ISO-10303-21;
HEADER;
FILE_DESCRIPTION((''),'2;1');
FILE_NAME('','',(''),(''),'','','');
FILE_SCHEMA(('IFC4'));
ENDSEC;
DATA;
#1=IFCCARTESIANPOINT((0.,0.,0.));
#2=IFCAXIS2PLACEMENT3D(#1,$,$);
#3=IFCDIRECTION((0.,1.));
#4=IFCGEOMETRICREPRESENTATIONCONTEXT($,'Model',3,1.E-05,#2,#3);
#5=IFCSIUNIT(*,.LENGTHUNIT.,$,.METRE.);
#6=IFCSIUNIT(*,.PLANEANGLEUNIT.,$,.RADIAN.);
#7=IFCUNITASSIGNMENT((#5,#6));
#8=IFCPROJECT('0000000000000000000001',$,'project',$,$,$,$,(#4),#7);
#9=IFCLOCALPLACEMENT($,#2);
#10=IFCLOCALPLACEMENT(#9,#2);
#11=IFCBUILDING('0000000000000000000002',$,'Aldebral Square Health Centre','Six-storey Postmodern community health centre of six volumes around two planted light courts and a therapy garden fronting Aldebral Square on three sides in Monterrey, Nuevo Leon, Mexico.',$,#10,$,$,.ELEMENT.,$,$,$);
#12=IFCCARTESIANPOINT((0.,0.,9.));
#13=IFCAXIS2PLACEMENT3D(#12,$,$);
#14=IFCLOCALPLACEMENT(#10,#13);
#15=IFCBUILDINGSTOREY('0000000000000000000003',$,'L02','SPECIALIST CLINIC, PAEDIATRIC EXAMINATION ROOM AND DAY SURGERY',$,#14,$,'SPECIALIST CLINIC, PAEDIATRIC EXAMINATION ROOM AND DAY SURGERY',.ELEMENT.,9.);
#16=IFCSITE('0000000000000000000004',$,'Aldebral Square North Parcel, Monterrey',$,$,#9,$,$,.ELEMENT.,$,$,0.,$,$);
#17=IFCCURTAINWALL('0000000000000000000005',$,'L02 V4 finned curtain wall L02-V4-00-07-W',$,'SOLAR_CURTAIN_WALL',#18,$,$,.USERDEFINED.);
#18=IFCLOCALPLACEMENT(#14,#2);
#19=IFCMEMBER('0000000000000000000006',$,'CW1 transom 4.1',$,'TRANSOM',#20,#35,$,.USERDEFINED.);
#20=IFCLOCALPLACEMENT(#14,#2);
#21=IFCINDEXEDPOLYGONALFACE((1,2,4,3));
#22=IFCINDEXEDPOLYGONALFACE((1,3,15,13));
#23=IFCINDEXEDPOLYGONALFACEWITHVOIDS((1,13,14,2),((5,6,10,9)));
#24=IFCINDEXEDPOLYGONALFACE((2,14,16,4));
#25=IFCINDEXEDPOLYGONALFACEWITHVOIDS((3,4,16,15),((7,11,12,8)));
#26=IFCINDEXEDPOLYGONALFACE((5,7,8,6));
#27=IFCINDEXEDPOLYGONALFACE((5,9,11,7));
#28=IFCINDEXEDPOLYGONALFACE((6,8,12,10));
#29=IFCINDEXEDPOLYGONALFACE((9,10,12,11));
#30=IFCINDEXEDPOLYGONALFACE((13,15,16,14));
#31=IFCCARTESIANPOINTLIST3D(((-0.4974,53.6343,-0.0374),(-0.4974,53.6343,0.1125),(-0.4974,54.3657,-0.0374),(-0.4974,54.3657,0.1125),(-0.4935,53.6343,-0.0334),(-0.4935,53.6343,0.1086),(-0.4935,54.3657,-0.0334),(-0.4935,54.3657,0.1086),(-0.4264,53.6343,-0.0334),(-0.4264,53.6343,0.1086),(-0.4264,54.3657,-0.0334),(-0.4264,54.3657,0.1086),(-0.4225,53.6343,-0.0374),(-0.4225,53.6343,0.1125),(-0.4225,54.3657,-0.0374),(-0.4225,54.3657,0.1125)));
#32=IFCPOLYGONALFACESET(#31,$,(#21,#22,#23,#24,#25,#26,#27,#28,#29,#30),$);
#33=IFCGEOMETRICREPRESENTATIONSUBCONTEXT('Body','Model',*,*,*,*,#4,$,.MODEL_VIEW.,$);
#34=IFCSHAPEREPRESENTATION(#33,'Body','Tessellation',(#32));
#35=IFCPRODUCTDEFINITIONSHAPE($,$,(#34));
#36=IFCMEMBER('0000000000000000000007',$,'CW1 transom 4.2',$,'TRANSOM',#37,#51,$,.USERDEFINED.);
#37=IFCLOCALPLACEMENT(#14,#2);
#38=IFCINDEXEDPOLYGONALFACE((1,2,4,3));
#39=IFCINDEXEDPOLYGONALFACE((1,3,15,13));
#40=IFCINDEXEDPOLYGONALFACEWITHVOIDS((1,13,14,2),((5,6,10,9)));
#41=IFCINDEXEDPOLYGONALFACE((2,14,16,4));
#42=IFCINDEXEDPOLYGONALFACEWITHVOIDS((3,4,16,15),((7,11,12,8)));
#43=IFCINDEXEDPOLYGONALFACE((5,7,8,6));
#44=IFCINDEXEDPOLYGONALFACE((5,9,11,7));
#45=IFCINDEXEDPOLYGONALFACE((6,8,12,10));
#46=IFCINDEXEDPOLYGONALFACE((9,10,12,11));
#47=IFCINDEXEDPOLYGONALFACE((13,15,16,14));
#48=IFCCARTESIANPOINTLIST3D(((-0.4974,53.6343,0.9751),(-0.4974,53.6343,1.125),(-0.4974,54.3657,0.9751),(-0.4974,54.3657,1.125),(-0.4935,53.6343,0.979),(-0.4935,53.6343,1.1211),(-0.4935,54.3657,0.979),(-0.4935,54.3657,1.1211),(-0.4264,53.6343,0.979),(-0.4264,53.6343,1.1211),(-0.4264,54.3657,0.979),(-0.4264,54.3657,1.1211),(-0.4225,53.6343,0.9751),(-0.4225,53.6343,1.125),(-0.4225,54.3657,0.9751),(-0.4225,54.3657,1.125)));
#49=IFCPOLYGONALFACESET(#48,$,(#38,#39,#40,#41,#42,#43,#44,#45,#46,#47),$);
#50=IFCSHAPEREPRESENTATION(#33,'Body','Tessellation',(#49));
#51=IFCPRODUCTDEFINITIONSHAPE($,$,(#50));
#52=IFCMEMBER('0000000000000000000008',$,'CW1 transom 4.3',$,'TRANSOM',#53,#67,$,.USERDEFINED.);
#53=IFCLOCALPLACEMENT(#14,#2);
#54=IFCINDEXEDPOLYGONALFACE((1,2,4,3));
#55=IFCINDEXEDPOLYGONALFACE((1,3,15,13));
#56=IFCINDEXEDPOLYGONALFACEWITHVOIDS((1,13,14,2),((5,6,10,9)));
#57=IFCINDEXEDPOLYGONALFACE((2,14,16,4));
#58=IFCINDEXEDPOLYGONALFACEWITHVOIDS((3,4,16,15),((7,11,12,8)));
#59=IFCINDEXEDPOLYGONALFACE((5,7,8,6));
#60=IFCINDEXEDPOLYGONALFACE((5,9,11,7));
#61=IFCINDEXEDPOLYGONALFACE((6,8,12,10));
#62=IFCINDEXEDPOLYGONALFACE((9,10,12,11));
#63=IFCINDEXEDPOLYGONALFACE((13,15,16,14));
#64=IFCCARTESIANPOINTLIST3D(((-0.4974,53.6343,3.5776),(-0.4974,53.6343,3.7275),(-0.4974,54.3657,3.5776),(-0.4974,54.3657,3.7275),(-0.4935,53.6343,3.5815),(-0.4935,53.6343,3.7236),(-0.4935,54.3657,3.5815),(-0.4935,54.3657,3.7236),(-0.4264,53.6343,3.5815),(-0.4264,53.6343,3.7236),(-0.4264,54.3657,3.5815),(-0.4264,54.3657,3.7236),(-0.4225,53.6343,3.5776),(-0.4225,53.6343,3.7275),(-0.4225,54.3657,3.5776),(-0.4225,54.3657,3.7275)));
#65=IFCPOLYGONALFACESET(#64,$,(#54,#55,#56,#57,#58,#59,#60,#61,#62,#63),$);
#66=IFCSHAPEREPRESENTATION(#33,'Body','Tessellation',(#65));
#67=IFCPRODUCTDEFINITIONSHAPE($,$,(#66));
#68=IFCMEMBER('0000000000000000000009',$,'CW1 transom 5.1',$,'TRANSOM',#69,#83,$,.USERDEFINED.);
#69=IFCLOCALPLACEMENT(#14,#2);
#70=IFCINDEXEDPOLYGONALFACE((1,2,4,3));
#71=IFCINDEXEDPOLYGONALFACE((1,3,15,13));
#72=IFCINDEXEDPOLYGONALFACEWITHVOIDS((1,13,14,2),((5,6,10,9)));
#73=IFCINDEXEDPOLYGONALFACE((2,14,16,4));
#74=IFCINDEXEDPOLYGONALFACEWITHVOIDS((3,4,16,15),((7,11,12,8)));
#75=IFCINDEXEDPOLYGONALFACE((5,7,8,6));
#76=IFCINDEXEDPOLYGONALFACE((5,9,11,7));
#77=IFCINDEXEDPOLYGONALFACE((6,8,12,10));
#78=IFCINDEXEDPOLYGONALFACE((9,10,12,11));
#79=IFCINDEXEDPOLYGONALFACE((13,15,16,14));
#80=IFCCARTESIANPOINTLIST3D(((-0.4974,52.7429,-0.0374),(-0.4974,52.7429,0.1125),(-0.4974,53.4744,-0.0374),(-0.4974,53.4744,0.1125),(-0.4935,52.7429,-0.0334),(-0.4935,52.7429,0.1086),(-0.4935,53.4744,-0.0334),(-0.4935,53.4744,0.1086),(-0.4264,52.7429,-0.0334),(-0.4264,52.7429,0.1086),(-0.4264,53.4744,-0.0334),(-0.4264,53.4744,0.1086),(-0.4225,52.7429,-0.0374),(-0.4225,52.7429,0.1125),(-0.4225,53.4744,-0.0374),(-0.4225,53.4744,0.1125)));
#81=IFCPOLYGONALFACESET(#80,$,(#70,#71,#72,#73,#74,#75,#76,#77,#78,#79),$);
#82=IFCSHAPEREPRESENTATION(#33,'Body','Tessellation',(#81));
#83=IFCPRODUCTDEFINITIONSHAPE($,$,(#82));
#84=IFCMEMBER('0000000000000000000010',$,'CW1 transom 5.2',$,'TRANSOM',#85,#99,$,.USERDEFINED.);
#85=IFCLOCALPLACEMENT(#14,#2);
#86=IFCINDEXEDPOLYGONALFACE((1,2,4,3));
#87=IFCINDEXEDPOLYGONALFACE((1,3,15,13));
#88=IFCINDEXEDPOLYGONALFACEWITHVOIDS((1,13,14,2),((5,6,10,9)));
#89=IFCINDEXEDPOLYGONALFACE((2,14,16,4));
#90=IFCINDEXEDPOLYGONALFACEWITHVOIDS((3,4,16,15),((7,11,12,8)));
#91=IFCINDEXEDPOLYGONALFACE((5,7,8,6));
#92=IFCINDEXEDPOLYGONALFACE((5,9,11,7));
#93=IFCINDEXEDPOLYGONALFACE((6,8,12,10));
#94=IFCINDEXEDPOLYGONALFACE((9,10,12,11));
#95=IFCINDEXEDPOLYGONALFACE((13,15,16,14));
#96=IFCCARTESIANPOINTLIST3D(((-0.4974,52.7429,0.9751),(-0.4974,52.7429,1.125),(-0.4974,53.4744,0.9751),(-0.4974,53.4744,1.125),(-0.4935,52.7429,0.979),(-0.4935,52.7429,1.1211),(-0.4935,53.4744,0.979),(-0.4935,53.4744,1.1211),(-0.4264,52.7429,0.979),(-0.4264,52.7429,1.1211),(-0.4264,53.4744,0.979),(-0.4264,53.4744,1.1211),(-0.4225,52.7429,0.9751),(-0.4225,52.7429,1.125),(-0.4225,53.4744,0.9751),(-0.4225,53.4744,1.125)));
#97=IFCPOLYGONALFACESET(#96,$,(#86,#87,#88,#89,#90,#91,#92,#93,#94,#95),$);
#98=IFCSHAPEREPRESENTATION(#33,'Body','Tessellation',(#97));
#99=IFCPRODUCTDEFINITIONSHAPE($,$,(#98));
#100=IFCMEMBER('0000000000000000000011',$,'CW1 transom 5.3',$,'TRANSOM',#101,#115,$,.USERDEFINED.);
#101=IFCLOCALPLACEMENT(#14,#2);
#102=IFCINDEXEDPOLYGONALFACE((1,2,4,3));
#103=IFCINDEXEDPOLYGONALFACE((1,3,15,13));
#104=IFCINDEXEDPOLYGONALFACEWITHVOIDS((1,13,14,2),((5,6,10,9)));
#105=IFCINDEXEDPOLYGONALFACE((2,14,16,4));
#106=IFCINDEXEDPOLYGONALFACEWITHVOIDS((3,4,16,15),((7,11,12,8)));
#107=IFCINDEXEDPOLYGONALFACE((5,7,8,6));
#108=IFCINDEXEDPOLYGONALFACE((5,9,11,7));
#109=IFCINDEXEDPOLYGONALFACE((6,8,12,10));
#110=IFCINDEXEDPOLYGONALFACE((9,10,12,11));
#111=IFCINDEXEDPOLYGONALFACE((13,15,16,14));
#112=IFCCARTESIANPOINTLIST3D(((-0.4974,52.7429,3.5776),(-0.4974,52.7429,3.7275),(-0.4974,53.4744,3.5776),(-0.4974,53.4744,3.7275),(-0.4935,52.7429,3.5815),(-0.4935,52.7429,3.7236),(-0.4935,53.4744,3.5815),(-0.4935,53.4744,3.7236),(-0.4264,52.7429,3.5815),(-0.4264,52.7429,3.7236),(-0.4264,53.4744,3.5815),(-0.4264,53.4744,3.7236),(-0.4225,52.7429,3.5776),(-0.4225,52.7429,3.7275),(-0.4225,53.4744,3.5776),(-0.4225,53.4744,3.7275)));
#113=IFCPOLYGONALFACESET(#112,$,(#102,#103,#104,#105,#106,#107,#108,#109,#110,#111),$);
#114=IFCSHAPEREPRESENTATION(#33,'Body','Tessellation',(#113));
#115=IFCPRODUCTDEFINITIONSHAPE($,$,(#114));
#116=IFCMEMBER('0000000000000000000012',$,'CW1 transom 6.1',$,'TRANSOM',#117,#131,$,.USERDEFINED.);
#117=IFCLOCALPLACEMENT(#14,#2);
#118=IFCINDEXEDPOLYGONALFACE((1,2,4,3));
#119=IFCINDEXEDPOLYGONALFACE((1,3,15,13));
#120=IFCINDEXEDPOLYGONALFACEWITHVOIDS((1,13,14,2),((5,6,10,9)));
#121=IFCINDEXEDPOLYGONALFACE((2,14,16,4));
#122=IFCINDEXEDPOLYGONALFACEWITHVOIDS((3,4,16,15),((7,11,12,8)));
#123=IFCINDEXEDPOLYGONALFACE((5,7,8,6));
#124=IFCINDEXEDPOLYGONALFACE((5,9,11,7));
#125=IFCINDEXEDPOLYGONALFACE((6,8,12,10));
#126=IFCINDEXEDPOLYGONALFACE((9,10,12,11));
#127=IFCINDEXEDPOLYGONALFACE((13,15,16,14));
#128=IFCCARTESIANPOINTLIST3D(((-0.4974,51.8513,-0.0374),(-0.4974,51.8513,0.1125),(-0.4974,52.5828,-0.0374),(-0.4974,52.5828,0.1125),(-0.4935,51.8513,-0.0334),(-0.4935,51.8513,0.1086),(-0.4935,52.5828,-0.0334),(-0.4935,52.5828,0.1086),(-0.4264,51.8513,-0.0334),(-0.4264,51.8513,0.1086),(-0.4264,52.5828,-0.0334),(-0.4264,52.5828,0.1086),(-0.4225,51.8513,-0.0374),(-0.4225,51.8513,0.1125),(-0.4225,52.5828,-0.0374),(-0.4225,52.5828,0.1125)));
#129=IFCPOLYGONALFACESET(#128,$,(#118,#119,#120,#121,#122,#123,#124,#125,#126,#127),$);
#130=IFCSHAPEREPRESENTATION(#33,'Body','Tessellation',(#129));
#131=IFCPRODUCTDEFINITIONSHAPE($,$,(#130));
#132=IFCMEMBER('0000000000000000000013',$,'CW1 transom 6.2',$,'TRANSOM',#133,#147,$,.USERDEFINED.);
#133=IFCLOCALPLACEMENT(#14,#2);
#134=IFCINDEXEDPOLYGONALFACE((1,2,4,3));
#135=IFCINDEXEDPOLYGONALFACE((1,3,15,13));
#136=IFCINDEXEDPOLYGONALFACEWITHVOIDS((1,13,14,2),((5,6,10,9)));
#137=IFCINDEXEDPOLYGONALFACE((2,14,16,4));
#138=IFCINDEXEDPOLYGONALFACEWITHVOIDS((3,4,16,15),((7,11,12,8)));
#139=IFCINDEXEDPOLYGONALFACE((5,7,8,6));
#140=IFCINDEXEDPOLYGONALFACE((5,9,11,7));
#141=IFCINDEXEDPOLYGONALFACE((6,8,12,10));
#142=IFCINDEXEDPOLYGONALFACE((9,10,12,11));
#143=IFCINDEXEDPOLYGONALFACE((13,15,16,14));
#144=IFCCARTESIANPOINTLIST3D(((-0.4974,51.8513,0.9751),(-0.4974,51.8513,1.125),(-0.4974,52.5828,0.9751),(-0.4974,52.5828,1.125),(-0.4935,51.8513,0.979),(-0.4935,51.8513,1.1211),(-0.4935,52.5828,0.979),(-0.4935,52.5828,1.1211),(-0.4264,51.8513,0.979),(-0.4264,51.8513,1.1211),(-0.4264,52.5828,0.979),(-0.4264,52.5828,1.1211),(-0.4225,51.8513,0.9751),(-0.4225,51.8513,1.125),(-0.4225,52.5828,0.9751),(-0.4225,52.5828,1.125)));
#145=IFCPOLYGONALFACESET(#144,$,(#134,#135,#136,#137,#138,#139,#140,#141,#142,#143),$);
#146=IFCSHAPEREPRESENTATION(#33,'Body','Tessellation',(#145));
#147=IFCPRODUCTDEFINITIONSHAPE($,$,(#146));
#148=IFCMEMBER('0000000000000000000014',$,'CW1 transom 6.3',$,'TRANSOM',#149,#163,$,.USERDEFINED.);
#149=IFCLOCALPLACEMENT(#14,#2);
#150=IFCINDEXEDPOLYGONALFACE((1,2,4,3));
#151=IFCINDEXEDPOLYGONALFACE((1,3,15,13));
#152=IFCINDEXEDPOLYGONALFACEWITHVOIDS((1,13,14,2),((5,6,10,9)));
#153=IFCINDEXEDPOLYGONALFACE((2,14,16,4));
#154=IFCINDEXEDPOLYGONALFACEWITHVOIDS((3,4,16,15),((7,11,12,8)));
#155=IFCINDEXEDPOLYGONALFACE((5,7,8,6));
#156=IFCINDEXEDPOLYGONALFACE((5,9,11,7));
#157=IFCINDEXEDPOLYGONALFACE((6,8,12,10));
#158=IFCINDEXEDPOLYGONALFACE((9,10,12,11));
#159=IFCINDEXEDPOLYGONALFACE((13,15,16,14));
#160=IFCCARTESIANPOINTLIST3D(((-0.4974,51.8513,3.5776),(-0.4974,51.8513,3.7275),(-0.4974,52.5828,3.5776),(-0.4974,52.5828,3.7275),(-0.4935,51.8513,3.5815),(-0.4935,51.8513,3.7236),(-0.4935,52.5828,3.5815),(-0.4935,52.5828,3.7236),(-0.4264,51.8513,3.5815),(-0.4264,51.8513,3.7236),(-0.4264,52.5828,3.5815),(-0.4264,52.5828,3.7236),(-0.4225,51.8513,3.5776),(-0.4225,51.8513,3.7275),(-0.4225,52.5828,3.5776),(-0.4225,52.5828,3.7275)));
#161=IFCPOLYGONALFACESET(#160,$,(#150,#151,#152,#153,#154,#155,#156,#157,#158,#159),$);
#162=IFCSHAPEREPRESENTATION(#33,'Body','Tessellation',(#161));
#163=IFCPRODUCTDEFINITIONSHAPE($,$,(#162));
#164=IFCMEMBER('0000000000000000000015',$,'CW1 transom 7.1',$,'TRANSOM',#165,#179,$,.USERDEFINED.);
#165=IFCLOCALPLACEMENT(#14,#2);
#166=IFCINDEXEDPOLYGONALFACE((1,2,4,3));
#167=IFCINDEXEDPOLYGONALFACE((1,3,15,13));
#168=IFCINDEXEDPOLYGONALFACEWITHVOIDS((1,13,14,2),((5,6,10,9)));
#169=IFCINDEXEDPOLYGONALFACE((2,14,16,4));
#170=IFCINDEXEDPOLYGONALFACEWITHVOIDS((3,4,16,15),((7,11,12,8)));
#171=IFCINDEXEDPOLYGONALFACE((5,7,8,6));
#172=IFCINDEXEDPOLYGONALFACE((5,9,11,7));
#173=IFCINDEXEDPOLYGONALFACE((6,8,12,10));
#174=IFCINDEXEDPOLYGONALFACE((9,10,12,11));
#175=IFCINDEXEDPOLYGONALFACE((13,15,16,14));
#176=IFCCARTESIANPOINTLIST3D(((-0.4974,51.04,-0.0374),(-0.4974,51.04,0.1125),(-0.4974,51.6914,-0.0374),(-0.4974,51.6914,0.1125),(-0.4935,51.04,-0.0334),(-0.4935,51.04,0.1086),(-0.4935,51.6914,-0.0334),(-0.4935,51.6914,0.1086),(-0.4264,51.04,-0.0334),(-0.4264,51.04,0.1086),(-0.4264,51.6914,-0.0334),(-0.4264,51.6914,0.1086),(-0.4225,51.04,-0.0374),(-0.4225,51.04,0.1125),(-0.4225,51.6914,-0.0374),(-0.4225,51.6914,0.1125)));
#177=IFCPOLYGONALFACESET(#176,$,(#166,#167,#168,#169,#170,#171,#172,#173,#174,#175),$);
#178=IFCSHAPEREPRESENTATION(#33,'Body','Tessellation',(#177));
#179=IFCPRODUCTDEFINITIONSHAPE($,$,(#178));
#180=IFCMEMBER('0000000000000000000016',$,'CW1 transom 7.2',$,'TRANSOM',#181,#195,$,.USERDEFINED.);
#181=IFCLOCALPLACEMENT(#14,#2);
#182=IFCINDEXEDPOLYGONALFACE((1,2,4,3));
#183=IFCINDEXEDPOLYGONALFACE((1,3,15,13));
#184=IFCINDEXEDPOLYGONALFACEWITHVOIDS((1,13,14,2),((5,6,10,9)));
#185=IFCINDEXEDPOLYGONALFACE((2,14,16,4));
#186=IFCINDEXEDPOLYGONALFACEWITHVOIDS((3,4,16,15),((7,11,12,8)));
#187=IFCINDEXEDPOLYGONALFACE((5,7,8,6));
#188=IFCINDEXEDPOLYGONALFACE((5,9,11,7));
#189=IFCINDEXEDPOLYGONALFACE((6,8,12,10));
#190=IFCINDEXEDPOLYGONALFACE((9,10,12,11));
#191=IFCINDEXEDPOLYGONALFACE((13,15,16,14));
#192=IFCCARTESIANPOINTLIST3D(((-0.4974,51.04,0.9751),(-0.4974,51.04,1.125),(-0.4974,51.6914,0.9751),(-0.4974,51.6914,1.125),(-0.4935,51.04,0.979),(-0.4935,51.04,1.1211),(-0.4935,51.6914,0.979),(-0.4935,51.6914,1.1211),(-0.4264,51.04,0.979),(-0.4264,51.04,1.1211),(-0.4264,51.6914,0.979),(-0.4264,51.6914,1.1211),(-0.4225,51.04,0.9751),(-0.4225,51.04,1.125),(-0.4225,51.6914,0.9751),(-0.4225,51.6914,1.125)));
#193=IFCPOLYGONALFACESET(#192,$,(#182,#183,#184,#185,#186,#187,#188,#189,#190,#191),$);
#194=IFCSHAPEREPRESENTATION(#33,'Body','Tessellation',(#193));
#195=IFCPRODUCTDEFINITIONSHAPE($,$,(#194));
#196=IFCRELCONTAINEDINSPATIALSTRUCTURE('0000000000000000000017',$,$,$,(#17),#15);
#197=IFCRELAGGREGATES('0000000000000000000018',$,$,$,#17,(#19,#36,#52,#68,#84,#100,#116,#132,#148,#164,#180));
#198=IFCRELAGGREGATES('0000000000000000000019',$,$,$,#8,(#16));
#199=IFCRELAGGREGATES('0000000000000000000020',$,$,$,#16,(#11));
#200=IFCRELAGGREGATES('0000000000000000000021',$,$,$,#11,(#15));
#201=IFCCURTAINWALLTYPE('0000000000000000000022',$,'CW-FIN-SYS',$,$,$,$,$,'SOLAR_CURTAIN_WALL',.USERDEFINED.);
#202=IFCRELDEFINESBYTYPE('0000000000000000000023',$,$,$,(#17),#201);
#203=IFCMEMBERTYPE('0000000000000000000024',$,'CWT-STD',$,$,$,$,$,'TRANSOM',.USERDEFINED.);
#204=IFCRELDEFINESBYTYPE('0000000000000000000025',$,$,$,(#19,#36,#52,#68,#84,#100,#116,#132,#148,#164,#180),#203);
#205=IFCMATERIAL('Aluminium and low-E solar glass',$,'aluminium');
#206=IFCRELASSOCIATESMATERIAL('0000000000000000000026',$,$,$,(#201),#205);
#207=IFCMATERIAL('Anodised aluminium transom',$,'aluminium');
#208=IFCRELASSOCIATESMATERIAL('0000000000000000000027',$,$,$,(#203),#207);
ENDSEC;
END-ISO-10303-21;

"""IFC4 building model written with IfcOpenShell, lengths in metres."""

from ifc_helpers import new_model, si_unit, direction, frame, origin, origin_2d, place, context, subcontext, project, spatial, hollow_rectangle, extrude, material, material_profile, profile_set, type_object, element, aggregate, save


model = new_model("IFC4")

# Units and contexts
model_context = context("Model", 3, precision=1e-05, world=origin(), true_north=direction((0.0, 1.0)))
body_context = subcontext(model_context, "Body", "Model", "MODEL_VIEW")
ifc_project = project(units=[si_unit("LENGTHUNIT", "METRE"), si_unit("PLANEANGLEUNIT", "RADIAN")], contexts=[model_context])

# Site, building, storey
site_placement = place(None, origin())
site = spatial("IfcSite", under=ifc_project, at=site_placement, Name="Aldebral Square North Parcel, Monterrey", CompositionType="ELEMENT", RefElevation=0.0)
building_placement = place(site_placement, origin())
building = spatial("IfcBuilding", under=site, at=building_placement, Name="Aldebral Square Health Centre", Description="Six-storey Postmodern community health centre of six volumes around two planted light courts and a therapy garden fronting Aldebral Square on three sides in Monterrey, Nuevo Leon, Mexico.", CompositionType="ELEMENT")
storey_placement = place(building_placement, frame((0.0, 0.0, 9.0)))
storey = spatial("IfcBuildingStorey", under=building, at=storey_placement, Name="L02", Description="SPECIALIST CLINIC, PAEDIATRIC EXAMINATION ROOM AND DAY SURGERY", LongName="SPECIALIST CLINIC, PAEDIATRIC EXAMINATION ROOM AND DAY SURGERY", CompositionType="ELEMENT", Elevation=9.0)

# Curtain wall, members
ifc_material_1 = material(Name="Aluminium and low-E solar glass", Category="aluminium")
curtain_wall_type = type_object("IfcCurtainWallType", Name="CW-FIN-SYS", ElementType="SOLAR_CURTAIN_WALL", PredefinedType="USERDEFINED", material=ifc_material_1)
curtain_wall_placement = place(storey_placement, origin())
curtain_wall = element("IfcCurtainWall", 1, at=curtain_wall_placement, inside=storey, type_object=curtain_wall_type, Name="L02 V4 finned curtain wall L02-V4-00-07-W", ObjectType="SOLAR_CURTAIN_WALL", PredefinedType="USERDEFINED")
ifc_material_2 = material(Name="Anodised aluminium transom", Category="aluminium")
ifc_material_profile_1 = material_profile(ifc_material_2, hollow_rectangle(XDim=0.075, YDim=0.1499, WallThickness=0.0039, at=origin_2d()), Name="CWT 75x150x4")
ifc_profile_set_1 = profile_set([ifc_material_profile_1], Name="Anodised aluminium transom")
member_type_1 = type_object("IfcMemberType", Name="CWT-STD", ElementType="TRANSOM", PredefinedType="USERDEFINED", material=ifc_profile_set_1)
member_1_placement = place(storey_placement, frame((-0.46, 54.3657, 0.0376), z_axis=(0.0, -1.0, 0.0), x_axis=(1.0, 0.0, 0.0)))
member_1 = element("IfcMember", 2, at=member_1_placement, type_object=member_type_1, Name="CW1 transom 4.1", ObjectType="TRANSOM", PredefinedType="USERDEFINED", context=body_context, shape_type="SweptSolid", body=[
    extrude(hollow_rectangle(XDim=0.075, YDim=0.1499, WallThickness=0.0039, at=origin_2d()), origin(), (0.0, 0.0, 1.0), 0.7314),
])
member_2_placement = place(storey_placement, frame((-0.46, 54.3657, 1.05), z_axis=(0.0, -1.0, 0.0), x_axis=(1.0, 0.0, 0.0)))
member_2 = element("IfcMember", 3, at=member_2_placement, type_object=member_type_1, Name="CW1 transom 4.2", ObjectType="TRANSOM", PredefinedType="USERDEFINED", context=body_context, shape_type="SweptSolid", body=[
    extrude(hollow_rectangle(XDim=0.075, YDim=0.1499, WallThickness=0.0039, at=origin_2d()), origin(), (0.0, 0.0, 1.0), 0.7314),
])
member_3_placement = place(storey_placement, frame((-0.46, 54.3657, 3.6526), z_axis=(0.0, -1.0, 0.0), x_axis=(1.0, 0.0, 0.0)))
member_3 = element("IfcMember", 4, at=member_3_placement, type_object=member_type_1, Name="CW1 transom 4.3", ObjectType="TRANSOM", PredefinedType="USERDEFINED", context=body_context, shape_type="SweptSolid", body=[
    extrude(hollow_rectangle(XDim=0.075, YDim=0.1499, WallThickness=0.0039, at=origin_2d()), origin(), (0.0, 0.0, 1.0), 0.7314),
])
member_4_placement = place(storey_placement, frame((-0.46, 53.4744, 0.0376), z_axis=(0.0, -1.0, 0.0), x_axis=(1.0, 0.0, 0.0)))
member_4 = element("IfcMember", 5, at=member_4_placement, type_object=member_type_1, Name="CW1 transom 5.1", ObjectType="TRANSOM", PredefinedType="USERDEFINED", context=body_context, shape_type="SweptSolid", body=[
    extrude(hollow_rectangle(XDim=0.075, YDim=0.1499, WallThickness=0.0039, at=origin_2d()), origin(), (0.0, 0.0, 1.0), 0.7314),
])
member_5_placement = place(storey_placement, frame((-0.46, 53.4744, 1.05), z_axis=(0.0, -1.0, 0.0), x_axis=(1.0, 0.0, 0.0)))
member_5 = element("IfcMember", 6, at=member_5_placement, type_object=member_type_1, Name="CW1 transom 5.2", ObjectType="TRANSOM", PredefinedType="USERDEFINED", context=body_context, shape_type="SweptSolid", body=[
    extrude(hollow_rectangle(XDim=0.075, YDim=0.1499, WallThickness=0.0039, at=origin_2d()), origin(), (0.0, 0.0, 1.0), 0.7314),
])
member_6_placement = place(storey_placement, frame((-0.46, 53.4744, 3.6526), z_axis=(0.0, -1.0, 0.0), x_axis=(1.0, 0.0, 0.0)))
member_6 = element("IfcMember", 7, at=member_6_placement, type_object=member_type_1, Name="CW1 transom 5.3", ObjectType="TRANSOM", PredefinedType="USERDEFINED", context=body_context, shape_type="SweptSolid", body=[
    extrude(hollow_rectangle(XDim=0.075, YDim=0.1499, WallThickness=0.0039, at=origin_2d()), origin(), (0.0, 0.0, 1.0), 0.7314),
])
member_7_placement = place(storey_placement, frame((-0.46, 52.5828, 0.0376), z_axis=(0.0, -1.0, 0.0), x_axis=(1.0, 0.0, 0.0)))
member_7 = element("IfcMember", 8, at=member_7_placement, type_object=member_type_1, Name="CW1 transom 6.1", ObjectType="TRANSOM", PredefinedType="USERDEFINED", context=body_context, shape_type="SweptSolid", body=[
    extrude(hollow_rectangle(XDim=0.075, YDim=0.1499, WallThickness=0.0039, at=origin_2d()), origin(), (0.0, 0.0, 1.0), 0.7314),
])
member_8_placement = place(storey_placement, frame((-0.46, 52.5828, 1.05), z_axis=(0.0, -1.0, 0.0), x_axis=(1.0, 0.0, 0.0)))
member_8 = element("IfcMember", 9, at=member_8_placement, type_object=member_type_1, Name="CW1 transom 6.2", ObjectType="TRANSOM", PredefinedType="USERDEFINED", context=body_context, shape_type="SweptSolid", body=[
    extrude(hollow_rectangle(XDim=0.075, YDim=0.1499, WallThickness=0.0039, at=origin_2d()), origin(), (0.0, 0.0, 1.0), 0.7314),
])
member_9_placement = place(storey_placement, frame((-0.46, 52.5828, 3.6526), z_axis=(0.0, -1.0, 0.0), x_axis=(1.0, 0.0, 0.0)))
member_9 = element("IfcMember", 10, at=member_9_placement, type_object=member_type_1, Name="CW1 transom 6.3", ObjectType="TRANSOM", PredefinedType="USERDEFINED", context=body_context, shape_type="SweptSolid", body=[
    extrude(hollow_rectangle(XDim=0.075, YDim=0.1499, WallThickness=0.0039, at=origin_2d()), origin(), (0.0, 0.0, 1.0), 0.7314),
])
member_10_placement = place(storey_placement, frame((-0.46, 51.6914, 0.0376), z_axis=(0.0, -1.0, 0.0), x_axis=(1.0, 0.0, 0.0)))
member_10 = element("IfcMember", 11, at=member_10_placement, type_object=member_type_1, Name="CW1 transom 7.1", ObjectType="TRANSOM", PredefinedType="USERDEFINED", context=body_context, shape_type="SweptSolid", body=[
    extrude(hollow_rectangle(XDim=0.075, YDim=0.1499, WallThickness=0.0039, at=origin_2d()), origin(), (0.0, 0.0, 1.0), 0.6514),
])
member_11_placement = place(storey_placement, frame((-0.46, 51.6914, 1.05), z_axis=(0.0, -1.0, 0.0), x_axis=(1.0, 0.0, 0.0)))
member_11 = element("IfcMember", 12, at=member_11_placement, type_object=member_type_1, Name="CW1 transom 7.2", ObjectType="TRANSOM", PredefinedType="USERDEFINED", context=body_context, shape_type="SweptSolid", body=[
    extrude(hollow_rectangle(XDim=0.075, YDim=0.1499, WallThickness=0.0039, at=origin_2d()), origin(), (0.0, 0.0, 1.0), 0.6514),
])
aggregate(curtain_wall, [member_1, member_2, member_3, member_4, member_5, member_6, member_7, member_8, member_9, member_10, member_11])

save(model, "model.ifc")
